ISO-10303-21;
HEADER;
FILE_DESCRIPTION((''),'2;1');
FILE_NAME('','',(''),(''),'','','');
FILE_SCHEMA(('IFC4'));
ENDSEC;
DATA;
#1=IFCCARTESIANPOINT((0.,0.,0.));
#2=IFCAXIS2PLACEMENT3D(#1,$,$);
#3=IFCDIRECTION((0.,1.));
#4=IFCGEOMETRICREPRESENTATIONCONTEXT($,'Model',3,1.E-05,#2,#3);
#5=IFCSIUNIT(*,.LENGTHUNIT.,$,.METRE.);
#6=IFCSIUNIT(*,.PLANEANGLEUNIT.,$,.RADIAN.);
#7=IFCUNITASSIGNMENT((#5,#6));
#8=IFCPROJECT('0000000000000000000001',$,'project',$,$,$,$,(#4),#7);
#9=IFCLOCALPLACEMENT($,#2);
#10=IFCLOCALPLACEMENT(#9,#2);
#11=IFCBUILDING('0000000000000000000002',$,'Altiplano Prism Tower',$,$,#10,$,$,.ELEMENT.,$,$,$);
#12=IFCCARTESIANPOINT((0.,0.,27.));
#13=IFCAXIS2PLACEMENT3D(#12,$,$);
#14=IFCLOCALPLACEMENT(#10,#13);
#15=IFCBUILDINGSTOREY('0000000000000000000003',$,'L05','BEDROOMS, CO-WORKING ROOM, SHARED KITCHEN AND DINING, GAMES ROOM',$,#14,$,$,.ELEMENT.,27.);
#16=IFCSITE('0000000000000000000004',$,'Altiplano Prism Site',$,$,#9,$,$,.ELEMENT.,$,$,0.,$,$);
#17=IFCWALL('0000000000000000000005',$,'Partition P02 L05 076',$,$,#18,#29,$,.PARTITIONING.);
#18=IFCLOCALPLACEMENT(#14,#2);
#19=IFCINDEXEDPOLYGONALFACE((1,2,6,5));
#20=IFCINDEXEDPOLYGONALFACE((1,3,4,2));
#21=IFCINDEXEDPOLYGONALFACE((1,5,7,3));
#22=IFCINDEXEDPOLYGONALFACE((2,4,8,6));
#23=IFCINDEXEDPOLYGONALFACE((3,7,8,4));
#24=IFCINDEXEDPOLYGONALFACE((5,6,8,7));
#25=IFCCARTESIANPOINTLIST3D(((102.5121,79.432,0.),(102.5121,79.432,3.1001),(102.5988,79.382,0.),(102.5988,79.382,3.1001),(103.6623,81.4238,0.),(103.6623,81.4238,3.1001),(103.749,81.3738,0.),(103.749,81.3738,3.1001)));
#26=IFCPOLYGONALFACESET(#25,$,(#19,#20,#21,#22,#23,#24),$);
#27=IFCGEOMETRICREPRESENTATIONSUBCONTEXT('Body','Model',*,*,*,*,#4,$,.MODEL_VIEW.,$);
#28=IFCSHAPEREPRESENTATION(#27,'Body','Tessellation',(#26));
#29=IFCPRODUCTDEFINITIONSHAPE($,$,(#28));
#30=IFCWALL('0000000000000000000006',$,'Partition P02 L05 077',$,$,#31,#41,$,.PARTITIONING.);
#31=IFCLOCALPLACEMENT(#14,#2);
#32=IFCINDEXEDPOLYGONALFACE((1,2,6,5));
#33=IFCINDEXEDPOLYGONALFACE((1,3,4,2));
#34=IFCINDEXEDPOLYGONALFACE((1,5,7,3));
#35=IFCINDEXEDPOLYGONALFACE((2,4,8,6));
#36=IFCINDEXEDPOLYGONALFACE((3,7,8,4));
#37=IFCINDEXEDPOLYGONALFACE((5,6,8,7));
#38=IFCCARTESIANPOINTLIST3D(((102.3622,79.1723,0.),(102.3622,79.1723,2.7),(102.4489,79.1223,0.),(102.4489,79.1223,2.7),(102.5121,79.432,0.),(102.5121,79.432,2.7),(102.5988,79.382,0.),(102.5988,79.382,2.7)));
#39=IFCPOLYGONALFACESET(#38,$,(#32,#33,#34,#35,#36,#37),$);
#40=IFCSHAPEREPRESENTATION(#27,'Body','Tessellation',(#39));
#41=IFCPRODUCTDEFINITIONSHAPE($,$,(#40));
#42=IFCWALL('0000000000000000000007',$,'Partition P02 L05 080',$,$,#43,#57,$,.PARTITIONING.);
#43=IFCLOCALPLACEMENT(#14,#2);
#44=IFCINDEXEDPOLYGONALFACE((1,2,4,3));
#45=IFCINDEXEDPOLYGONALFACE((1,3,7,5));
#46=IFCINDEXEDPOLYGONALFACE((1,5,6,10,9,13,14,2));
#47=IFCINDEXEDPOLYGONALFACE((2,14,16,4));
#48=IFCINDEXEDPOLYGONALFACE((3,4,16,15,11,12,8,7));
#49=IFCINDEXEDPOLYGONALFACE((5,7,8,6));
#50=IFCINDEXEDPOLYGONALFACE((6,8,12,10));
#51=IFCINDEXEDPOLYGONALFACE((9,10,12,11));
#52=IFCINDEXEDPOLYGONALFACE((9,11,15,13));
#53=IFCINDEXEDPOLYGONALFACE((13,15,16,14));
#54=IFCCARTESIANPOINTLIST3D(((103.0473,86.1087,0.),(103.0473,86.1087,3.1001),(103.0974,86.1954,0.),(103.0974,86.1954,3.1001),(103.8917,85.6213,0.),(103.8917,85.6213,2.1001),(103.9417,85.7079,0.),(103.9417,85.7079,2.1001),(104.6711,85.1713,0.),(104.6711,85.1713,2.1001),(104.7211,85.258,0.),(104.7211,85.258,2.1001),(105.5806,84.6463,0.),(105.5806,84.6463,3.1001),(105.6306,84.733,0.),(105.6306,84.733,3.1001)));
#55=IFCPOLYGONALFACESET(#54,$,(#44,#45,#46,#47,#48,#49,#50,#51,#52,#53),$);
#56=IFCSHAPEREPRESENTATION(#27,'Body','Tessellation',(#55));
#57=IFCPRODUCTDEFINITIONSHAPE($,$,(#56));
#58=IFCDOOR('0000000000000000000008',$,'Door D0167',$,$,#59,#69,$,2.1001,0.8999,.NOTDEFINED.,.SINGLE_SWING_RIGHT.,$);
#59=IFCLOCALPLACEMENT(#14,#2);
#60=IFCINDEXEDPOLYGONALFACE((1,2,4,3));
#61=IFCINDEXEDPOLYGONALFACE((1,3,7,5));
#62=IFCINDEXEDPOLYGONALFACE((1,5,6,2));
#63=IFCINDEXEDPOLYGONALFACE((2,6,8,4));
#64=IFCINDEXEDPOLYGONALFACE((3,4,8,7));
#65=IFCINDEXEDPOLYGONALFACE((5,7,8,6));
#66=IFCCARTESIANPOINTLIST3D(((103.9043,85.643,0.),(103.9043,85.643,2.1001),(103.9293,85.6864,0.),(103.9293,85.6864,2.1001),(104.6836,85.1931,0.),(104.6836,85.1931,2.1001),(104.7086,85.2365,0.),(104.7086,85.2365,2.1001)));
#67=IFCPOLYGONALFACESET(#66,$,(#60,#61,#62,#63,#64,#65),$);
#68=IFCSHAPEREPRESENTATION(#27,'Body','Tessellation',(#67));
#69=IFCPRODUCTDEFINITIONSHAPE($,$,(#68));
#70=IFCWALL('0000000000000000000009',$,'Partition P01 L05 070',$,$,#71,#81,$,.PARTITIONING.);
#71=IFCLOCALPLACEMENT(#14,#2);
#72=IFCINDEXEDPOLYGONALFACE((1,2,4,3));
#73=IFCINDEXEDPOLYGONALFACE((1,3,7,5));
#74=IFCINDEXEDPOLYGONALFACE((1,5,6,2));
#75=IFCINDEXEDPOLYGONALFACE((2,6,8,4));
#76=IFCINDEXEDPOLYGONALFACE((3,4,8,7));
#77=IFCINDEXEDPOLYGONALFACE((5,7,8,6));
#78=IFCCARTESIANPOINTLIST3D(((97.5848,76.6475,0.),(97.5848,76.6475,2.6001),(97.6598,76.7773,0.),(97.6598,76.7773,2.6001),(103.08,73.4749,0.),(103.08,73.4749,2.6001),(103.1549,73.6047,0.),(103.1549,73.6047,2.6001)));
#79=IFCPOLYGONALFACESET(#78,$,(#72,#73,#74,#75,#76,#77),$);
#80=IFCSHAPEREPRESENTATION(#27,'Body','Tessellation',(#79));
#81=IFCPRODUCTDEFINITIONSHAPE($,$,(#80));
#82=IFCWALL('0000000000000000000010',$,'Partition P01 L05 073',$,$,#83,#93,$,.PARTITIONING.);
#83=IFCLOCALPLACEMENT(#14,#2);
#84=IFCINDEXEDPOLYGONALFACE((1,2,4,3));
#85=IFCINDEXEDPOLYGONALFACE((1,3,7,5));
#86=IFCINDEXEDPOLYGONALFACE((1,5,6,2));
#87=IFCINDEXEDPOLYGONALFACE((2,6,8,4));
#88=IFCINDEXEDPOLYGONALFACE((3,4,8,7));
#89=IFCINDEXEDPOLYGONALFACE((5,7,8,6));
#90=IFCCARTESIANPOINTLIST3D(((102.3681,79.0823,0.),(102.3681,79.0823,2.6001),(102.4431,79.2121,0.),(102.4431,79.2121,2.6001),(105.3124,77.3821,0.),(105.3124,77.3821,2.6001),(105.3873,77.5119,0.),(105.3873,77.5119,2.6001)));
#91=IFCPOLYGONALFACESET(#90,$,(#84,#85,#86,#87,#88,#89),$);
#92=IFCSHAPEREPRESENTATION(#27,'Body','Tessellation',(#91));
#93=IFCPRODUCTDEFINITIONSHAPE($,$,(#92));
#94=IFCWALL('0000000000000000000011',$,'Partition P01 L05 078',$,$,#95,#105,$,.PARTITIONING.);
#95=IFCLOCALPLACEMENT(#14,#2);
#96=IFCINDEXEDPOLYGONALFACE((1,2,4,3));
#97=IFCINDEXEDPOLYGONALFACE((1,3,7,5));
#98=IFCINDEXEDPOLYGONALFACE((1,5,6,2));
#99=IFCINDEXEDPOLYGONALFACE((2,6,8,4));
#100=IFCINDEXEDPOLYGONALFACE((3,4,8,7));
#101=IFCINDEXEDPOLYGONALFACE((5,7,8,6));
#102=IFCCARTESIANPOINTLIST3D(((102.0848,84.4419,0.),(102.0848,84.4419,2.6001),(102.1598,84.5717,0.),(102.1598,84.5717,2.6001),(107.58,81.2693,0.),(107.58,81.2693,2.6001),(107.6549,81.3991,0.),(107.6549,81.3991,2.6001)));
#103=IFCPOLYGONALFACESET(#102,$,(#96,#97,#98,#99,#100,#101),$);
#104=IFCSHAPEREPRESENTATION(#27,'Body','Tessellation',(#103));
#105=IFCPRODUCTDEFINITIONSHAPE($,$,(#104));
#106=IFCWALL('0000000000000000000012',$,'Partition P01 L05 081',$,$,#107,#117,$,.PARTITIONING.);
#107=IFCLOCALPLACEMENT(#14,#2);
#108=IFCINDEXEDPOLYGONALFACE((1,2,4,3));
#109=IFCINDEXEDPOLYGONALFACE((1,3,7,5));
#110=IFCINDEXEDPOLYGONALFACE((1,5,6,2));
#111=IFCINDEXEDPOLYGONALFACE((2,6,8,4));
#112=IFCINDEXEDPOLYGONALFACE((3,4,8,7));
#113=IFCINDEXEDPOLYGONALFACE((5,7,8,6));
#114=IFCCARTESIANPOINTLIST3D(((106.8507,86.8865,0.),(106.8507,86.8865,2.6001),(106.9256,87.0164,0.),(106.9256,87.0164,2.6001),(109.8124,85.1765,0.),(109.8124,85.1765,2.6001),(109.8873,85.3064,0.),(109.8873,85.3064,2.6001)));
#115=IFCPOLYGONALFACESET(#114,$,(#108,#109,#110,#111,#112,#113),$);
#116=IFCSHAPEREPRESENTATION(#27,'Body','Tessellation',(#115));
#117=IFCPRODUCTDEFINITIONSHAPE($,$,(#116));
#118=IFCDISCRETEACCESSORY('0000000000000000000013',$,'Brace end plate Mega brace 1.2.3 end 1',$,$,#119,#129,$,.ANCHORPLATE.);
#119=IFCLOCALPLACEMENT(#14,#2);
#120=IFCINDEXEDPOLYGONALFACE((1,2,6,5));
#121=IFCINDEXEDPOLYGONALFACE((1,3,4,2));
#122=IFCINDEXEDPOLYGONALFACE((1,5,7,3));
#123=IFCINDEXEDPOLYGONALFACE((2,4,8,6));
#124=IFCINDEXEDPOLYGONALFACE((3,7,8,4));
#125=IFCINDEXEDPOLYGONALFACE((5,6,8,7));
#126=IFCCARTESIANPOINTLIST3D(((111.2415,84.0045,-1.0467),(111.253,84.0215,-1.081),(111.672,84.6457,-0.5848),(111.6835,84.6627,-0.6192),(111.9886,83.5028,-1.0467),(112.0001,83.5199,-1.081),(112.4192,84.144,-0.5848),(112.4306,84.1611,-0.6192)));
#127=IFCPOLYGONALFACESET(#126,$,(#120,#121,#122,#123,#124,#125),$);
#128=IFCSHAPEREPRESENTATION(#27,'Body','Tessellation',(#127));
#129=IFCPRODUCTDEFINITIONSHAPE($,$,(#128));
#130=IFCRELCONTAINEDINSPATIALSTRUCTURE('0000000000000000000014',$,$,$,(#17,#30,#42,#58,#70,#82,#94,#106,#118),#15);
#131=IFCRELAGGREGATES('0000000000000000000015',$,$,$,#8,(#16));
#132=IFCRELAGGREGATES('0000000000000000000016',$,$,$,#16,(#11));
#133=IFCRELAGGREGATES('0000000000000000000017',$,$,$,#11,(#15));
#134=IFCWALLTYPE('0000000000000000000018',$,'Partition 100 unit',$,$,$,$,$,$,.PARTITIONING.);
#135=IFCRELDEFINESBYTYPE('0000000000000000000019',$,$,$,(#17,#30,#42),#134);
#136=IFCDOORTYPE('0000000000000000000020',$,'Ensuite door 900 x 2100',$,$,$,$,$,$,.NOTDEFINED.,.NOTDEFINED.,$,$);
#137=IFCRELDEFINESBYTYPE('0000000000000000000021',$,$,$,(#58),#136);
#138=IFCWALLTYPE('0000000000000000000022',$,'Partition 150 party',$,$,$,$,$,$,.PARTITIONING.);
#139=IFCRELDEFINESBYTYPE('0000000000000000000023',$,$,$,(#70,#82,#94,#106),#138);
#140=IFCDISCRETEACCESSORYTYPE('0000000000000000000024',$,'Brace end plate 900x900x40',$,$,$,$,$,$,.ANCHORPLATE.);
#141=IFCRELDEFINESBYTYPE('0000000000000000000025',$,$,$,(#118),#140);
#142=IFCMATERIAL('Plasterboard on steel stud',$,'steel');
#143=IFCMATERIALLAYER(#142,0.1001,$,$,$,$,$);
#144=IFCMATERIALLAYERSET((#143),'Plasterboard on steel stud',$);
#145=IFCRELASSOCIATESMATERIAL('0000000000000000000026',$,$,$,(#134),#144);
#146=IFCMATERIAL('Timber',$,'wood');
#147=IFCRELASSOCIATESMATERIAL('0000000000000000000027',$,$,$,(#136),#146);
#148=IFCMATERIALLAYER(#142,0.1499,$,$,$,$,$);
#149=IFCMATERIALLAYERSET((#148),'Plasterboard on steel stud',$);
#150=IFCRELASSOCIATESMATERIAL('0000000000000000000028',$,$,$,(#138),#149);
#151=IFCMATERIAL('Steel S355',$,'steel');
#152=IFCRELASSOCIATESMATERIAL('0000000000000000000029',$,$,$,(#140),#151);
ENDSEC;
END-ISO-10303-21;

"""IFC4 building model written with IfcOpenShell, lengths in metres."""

from ifc_helpers import new_model, si_unit, direction, frame, frame_2d, origin, origin_2d, place, context, subcontext, project, spatial, rectangle, extrude, material, layer, layer_set, material_profile, profile_set, type_object, element, fill, save


model = new_model("IFC4")

# Units and contexts
model_context = context("Model", 3, precision=1e-05, world=origin(), true_north=direction((0.0, 1.0)))
body_context = subcontext(model_context, "Body", "Model", "MODEL_VIEW")
ifc_project = project(units=[si_unit("LENGTHUNIT", "METRE"), si_unit("PLANEANGLEUNIT", "RADIAN")], contexts=[model_context])

# Site, building, storey
site_placement = place(None, origin())
site = spatial("IfcSite", under=ifc_project, at=site_placement, Name="Altiplano Prism Site", CompositionType="ELEMENT", RefElevation=0.0)
building_placement = place(site_placement, origin())
building = spatial("IfcBuilding", under=site, at=building_placement, Name="Altiplano Prism Tower", CompositionType="ELEMENT")
storey_placement = place(building_placement, frame((0.0, 0.0, 27.0)))
storey = spatial("IfcBuildingStorey", under=building, at=storey_placement, Name="L05", Description="BEDROOMS, CO-WORKING ROOM, SHARED KITCHEN AND DINING, GAMES ROOM", CompositionType="ELEMENT", Elevation=27.0)

# Shared definitions
ifc_material_1 = material(Name="Steel S355", Category="steel")

# Walls
ifc_material_2 = material(Name="Plasterboard on steel stud", Category="steel")
ifc_layer_1 = layer(ifc_material_2, 0.1001)
ifc_layer_set_1 = layer_set([ifc_layer_1], Name="Plasterboard on steel stud")
wall_type_1 = type_object("IfcWallType", Name="Partition 100 unit", PredefinedType="PARTITIONING", material=ifc_layer_set_1)
wall_1_placement = place(storey_placement, frame((103.7056, 81.3987, 0.0), z_axis=(0.0, 0.0, 1.0), x_axis=(-0.500078, -0.865981, 0.0)))
element("IfcWall", 1, at=wall_1_placement, inside=storey, type_object=wall_type_1, Name="Partition P02 L05 076", PredefinedType="PARTITIONING", context=body_context, shape_type="SweptSolid", body=[
    extrude(rectangle(XDim=2.3, YDim=0.1001, at=frame_2d((1.1499, 0.0))), origin(), (0.0, 0.0, 1.0), 3.1001),
])
wall_2_placement = place(storey_placement, frame((102.5554, 79.407, 0.0), z_axis=(0.0, 0.0, 1.0), x_axis=(-0.499816, -0.866131, 0.0)))
element("IfcWall", 2, at=wall_2_placement, inside=storey, type_object=wall_type_1, Name="Partition P02 L05 077", PredefinedType="PARTITIONING", context=body_context, shape_type="SweptSolid", body=[
    extrude(rectangle(XDim=0.2998, YDim=0.1001, at=frame_2d((0.1499, 0.0))), origin(), (0.0, 0.0, 1.0), 2.7),
])

# Wall, opening, door
wall_3_placement = place(storey_placement, frame((105.6055, 84.6897, 0.0), z_axis=(0.0, 0.0, 1.0), x_axis=(-0.866047, 0.499963, 0.0)))
wall_3 = element("IfcWall", 3, at=wall_3_placement, inside=storey, type_object=wall_type_1, Name="Partition P02 L05 080", PredefinedType="PARTITIONING", context=body_context, shape_type="SweptSolid", body=[
    extrude(rectangle(XDim=2.925, YDim=0.1001, at=frame_2d((1.4624, 0.0))), origin(), (0.0, 0.0, 1.0), 3.1001),
])
opening_placement = place(wall_3_placement, frame((1.05, 0.0, 0.0)))
opening = element("IfcOpeningElement", 4, at=opening_placement, cuts=wall_3, PredefinedType="OPENING", context=body_context, shape_type="SweptSolid", body=[
    extrude(rectangle(XDim=0.8999, YDim=2.1001, at=frame_2d((0.45, 1.05))), frame((0.0, 0.0605, 0.0), z_axis=(0.0, -1.0, 0.0), x_axis=(1.0, 0.0, 0.0)), (0.0, 0.0, 1.0), 0.1211),
])
ifc_material_3 = material(Name="Timber", Category="wood")
door_type = type_object("IfcDoorType", Name="Ensuite door 900 x 2100", OperationType="NOTDEFINED", PredefinedType="NOTDEFINED", material=ifc_material_3)
door_placement = place(opening_placement, origin())
door = element("IfcDoor", 5, at=door_placement, inside=storey, type_object=door_type, Name="Door D0167", OperationType="SINGLE_SWING_RIGHT", OverallHeight=2.1001, OverallWidth=0.8999, PredefinedType="NOTDEFINED", context=body_context, shape_type="SweptSolid", body=[
    extrude(rectangle(XDim=0.8999, YDim=2.1001, at=frame_2d((0.45, 1.05))), frame((0.0, 0.0249, 0.0), z_axis=(0.0, -1.0, 0.0), x_axis=(1.0, 0.0, 0.0)), (0.0, 0.0, 1.0), 0.05),
])
fill(opening, door)

# Walls
ifc_layer_2 = layer(ifc_material_2, 0.1499)
ifc_layer_set_2 = layer_set([ifc_layer_2], Name="Plasterboard on steel stud")
wall_type_2 = type_object("IfcWallType", Name="Partition 150 party", PredefinedType="PARTITIONING", material=ifc_layer_set_2)
wall_4_placement = place(storey_placement, frame((103.1174, 73.5398, 0.0), z_axis=(0.0, 0.0, 1.0), x_axis=(-0.866025, 0.5, 0.0)))
element("IfcWall", 6, at=wall_4_placement, inside=storey, type_object=wall_type_2, Name="Partition P01 L05 070", PredefinedType="PARTITIONING", context=body_context, shape_type="SweptSolid", body=[
    extrude(rectangle(XDim=6.3452, YDim=0.1499, at=frame_2d((3.1726, 0.0))), origin(), (0.0, 0.0, 1.0), 2.6001),
])
wall_5_placement = place(storey_placement, frame((105.3499, 77.447, 0.0), z_axis=(0.0, 0.0, 1.0), x_axis=(-0.865989, 0.500062, 0.0)))
element("IfcWall", 7, at=wall_5_placement, inside=storey, type_object=wall_type_2, Name="Partition P01 L05 073", PredefinedType="PARTITIONING", context=body_context, shape_type="SweptSolid", body=[
    extrude(rectangle(XDim=3.3999, YDim=0.1499, at=frame_2d((1.7, 0.0))), origin(), (0.0, 0.0, 1.0), 2.6001),
])
wall_6_placement = place(storey_placement, frame((107.6174, 81.3342, 0.0), z_axis=(0.0, 0.0, 1.0), x_axis=(-0.866025, 0.5, 0.0)))
element("IfcWall", 8, at=wall_6_placement, inside=storey, type_object=wall_type_2, Name="Partition P01 L05 078", PredefinedType="PARTITIONING", context=body_context, shape_type="SweptSolid", body=[
    extrude(rectangle(XDim=6.3452, YDim=0.1499, at=frame_2d((3.1726, 0.0))), origin(), (0.0, 0.0, 1.0), 2.6001),
])
wall_7_placement = place(storey_placement, frame((109.8499, 85.2415, 0.0), z_axis=(0.0, 0.0, 1.0), x_axis=(-0.86602, 0.500009, 0.0)))
element("IfcWall", 9, at=wall_7_placement, inside=storey, type_object=wall_type_2, Name="Partition P01 L05 081", PredefinedType="PARTITIONING", context=body_context, shape_type="SweptSolid", body=[
    extrude(rectangle(XDim=3.4199, YDim=0.1499, at=frame_2d((1.71, 0.0))), origin(), (0.0, 0.0, 1.0), 2.6001),
])

# Discrete accessory
ifc_material_profile_1 = material_profile(ifc_material_1, rectangle(XDim=0.8999, YDim=0.8999, at=origin_2d()), Name="Brace end plate 900x900x40")
ifc_profile_set_1 = profile_set([ifc_material_profile_1], Name="Steel S355")
discrete_accessory_type = type_object("IfcDiscreteAccessoryType", Name="Brace end plate 900x900x40", PredefinedType="ANCHORPLATE", material=ifc_profile_set_1)
discrete_accessory_placement = place(storey_placement, frame((111.8418, 84.0913, -0.8501), z_axis=(-0.286086, -0.426085, 0.858258), x_axis=(0.830221, -0.557434, 0.0)))
element("IfcDiscreteAccessory", 10, at=discrete_accessory_placement, inside=storey, type_object=discrete_accessory_type, Name="Brace end plate Mega brace 1.2.3 end 1", PredefinedType="ANCHORPLATE", context=body_context, shape_type="SweptSolid", body=[
    extrude(rectangle(XDim=0.8999, YDim=0.8999, at=origin_2d()), origin(), (0.0, 0.0, 1.0), 0.04),
])

save(model, "model.ifc")
